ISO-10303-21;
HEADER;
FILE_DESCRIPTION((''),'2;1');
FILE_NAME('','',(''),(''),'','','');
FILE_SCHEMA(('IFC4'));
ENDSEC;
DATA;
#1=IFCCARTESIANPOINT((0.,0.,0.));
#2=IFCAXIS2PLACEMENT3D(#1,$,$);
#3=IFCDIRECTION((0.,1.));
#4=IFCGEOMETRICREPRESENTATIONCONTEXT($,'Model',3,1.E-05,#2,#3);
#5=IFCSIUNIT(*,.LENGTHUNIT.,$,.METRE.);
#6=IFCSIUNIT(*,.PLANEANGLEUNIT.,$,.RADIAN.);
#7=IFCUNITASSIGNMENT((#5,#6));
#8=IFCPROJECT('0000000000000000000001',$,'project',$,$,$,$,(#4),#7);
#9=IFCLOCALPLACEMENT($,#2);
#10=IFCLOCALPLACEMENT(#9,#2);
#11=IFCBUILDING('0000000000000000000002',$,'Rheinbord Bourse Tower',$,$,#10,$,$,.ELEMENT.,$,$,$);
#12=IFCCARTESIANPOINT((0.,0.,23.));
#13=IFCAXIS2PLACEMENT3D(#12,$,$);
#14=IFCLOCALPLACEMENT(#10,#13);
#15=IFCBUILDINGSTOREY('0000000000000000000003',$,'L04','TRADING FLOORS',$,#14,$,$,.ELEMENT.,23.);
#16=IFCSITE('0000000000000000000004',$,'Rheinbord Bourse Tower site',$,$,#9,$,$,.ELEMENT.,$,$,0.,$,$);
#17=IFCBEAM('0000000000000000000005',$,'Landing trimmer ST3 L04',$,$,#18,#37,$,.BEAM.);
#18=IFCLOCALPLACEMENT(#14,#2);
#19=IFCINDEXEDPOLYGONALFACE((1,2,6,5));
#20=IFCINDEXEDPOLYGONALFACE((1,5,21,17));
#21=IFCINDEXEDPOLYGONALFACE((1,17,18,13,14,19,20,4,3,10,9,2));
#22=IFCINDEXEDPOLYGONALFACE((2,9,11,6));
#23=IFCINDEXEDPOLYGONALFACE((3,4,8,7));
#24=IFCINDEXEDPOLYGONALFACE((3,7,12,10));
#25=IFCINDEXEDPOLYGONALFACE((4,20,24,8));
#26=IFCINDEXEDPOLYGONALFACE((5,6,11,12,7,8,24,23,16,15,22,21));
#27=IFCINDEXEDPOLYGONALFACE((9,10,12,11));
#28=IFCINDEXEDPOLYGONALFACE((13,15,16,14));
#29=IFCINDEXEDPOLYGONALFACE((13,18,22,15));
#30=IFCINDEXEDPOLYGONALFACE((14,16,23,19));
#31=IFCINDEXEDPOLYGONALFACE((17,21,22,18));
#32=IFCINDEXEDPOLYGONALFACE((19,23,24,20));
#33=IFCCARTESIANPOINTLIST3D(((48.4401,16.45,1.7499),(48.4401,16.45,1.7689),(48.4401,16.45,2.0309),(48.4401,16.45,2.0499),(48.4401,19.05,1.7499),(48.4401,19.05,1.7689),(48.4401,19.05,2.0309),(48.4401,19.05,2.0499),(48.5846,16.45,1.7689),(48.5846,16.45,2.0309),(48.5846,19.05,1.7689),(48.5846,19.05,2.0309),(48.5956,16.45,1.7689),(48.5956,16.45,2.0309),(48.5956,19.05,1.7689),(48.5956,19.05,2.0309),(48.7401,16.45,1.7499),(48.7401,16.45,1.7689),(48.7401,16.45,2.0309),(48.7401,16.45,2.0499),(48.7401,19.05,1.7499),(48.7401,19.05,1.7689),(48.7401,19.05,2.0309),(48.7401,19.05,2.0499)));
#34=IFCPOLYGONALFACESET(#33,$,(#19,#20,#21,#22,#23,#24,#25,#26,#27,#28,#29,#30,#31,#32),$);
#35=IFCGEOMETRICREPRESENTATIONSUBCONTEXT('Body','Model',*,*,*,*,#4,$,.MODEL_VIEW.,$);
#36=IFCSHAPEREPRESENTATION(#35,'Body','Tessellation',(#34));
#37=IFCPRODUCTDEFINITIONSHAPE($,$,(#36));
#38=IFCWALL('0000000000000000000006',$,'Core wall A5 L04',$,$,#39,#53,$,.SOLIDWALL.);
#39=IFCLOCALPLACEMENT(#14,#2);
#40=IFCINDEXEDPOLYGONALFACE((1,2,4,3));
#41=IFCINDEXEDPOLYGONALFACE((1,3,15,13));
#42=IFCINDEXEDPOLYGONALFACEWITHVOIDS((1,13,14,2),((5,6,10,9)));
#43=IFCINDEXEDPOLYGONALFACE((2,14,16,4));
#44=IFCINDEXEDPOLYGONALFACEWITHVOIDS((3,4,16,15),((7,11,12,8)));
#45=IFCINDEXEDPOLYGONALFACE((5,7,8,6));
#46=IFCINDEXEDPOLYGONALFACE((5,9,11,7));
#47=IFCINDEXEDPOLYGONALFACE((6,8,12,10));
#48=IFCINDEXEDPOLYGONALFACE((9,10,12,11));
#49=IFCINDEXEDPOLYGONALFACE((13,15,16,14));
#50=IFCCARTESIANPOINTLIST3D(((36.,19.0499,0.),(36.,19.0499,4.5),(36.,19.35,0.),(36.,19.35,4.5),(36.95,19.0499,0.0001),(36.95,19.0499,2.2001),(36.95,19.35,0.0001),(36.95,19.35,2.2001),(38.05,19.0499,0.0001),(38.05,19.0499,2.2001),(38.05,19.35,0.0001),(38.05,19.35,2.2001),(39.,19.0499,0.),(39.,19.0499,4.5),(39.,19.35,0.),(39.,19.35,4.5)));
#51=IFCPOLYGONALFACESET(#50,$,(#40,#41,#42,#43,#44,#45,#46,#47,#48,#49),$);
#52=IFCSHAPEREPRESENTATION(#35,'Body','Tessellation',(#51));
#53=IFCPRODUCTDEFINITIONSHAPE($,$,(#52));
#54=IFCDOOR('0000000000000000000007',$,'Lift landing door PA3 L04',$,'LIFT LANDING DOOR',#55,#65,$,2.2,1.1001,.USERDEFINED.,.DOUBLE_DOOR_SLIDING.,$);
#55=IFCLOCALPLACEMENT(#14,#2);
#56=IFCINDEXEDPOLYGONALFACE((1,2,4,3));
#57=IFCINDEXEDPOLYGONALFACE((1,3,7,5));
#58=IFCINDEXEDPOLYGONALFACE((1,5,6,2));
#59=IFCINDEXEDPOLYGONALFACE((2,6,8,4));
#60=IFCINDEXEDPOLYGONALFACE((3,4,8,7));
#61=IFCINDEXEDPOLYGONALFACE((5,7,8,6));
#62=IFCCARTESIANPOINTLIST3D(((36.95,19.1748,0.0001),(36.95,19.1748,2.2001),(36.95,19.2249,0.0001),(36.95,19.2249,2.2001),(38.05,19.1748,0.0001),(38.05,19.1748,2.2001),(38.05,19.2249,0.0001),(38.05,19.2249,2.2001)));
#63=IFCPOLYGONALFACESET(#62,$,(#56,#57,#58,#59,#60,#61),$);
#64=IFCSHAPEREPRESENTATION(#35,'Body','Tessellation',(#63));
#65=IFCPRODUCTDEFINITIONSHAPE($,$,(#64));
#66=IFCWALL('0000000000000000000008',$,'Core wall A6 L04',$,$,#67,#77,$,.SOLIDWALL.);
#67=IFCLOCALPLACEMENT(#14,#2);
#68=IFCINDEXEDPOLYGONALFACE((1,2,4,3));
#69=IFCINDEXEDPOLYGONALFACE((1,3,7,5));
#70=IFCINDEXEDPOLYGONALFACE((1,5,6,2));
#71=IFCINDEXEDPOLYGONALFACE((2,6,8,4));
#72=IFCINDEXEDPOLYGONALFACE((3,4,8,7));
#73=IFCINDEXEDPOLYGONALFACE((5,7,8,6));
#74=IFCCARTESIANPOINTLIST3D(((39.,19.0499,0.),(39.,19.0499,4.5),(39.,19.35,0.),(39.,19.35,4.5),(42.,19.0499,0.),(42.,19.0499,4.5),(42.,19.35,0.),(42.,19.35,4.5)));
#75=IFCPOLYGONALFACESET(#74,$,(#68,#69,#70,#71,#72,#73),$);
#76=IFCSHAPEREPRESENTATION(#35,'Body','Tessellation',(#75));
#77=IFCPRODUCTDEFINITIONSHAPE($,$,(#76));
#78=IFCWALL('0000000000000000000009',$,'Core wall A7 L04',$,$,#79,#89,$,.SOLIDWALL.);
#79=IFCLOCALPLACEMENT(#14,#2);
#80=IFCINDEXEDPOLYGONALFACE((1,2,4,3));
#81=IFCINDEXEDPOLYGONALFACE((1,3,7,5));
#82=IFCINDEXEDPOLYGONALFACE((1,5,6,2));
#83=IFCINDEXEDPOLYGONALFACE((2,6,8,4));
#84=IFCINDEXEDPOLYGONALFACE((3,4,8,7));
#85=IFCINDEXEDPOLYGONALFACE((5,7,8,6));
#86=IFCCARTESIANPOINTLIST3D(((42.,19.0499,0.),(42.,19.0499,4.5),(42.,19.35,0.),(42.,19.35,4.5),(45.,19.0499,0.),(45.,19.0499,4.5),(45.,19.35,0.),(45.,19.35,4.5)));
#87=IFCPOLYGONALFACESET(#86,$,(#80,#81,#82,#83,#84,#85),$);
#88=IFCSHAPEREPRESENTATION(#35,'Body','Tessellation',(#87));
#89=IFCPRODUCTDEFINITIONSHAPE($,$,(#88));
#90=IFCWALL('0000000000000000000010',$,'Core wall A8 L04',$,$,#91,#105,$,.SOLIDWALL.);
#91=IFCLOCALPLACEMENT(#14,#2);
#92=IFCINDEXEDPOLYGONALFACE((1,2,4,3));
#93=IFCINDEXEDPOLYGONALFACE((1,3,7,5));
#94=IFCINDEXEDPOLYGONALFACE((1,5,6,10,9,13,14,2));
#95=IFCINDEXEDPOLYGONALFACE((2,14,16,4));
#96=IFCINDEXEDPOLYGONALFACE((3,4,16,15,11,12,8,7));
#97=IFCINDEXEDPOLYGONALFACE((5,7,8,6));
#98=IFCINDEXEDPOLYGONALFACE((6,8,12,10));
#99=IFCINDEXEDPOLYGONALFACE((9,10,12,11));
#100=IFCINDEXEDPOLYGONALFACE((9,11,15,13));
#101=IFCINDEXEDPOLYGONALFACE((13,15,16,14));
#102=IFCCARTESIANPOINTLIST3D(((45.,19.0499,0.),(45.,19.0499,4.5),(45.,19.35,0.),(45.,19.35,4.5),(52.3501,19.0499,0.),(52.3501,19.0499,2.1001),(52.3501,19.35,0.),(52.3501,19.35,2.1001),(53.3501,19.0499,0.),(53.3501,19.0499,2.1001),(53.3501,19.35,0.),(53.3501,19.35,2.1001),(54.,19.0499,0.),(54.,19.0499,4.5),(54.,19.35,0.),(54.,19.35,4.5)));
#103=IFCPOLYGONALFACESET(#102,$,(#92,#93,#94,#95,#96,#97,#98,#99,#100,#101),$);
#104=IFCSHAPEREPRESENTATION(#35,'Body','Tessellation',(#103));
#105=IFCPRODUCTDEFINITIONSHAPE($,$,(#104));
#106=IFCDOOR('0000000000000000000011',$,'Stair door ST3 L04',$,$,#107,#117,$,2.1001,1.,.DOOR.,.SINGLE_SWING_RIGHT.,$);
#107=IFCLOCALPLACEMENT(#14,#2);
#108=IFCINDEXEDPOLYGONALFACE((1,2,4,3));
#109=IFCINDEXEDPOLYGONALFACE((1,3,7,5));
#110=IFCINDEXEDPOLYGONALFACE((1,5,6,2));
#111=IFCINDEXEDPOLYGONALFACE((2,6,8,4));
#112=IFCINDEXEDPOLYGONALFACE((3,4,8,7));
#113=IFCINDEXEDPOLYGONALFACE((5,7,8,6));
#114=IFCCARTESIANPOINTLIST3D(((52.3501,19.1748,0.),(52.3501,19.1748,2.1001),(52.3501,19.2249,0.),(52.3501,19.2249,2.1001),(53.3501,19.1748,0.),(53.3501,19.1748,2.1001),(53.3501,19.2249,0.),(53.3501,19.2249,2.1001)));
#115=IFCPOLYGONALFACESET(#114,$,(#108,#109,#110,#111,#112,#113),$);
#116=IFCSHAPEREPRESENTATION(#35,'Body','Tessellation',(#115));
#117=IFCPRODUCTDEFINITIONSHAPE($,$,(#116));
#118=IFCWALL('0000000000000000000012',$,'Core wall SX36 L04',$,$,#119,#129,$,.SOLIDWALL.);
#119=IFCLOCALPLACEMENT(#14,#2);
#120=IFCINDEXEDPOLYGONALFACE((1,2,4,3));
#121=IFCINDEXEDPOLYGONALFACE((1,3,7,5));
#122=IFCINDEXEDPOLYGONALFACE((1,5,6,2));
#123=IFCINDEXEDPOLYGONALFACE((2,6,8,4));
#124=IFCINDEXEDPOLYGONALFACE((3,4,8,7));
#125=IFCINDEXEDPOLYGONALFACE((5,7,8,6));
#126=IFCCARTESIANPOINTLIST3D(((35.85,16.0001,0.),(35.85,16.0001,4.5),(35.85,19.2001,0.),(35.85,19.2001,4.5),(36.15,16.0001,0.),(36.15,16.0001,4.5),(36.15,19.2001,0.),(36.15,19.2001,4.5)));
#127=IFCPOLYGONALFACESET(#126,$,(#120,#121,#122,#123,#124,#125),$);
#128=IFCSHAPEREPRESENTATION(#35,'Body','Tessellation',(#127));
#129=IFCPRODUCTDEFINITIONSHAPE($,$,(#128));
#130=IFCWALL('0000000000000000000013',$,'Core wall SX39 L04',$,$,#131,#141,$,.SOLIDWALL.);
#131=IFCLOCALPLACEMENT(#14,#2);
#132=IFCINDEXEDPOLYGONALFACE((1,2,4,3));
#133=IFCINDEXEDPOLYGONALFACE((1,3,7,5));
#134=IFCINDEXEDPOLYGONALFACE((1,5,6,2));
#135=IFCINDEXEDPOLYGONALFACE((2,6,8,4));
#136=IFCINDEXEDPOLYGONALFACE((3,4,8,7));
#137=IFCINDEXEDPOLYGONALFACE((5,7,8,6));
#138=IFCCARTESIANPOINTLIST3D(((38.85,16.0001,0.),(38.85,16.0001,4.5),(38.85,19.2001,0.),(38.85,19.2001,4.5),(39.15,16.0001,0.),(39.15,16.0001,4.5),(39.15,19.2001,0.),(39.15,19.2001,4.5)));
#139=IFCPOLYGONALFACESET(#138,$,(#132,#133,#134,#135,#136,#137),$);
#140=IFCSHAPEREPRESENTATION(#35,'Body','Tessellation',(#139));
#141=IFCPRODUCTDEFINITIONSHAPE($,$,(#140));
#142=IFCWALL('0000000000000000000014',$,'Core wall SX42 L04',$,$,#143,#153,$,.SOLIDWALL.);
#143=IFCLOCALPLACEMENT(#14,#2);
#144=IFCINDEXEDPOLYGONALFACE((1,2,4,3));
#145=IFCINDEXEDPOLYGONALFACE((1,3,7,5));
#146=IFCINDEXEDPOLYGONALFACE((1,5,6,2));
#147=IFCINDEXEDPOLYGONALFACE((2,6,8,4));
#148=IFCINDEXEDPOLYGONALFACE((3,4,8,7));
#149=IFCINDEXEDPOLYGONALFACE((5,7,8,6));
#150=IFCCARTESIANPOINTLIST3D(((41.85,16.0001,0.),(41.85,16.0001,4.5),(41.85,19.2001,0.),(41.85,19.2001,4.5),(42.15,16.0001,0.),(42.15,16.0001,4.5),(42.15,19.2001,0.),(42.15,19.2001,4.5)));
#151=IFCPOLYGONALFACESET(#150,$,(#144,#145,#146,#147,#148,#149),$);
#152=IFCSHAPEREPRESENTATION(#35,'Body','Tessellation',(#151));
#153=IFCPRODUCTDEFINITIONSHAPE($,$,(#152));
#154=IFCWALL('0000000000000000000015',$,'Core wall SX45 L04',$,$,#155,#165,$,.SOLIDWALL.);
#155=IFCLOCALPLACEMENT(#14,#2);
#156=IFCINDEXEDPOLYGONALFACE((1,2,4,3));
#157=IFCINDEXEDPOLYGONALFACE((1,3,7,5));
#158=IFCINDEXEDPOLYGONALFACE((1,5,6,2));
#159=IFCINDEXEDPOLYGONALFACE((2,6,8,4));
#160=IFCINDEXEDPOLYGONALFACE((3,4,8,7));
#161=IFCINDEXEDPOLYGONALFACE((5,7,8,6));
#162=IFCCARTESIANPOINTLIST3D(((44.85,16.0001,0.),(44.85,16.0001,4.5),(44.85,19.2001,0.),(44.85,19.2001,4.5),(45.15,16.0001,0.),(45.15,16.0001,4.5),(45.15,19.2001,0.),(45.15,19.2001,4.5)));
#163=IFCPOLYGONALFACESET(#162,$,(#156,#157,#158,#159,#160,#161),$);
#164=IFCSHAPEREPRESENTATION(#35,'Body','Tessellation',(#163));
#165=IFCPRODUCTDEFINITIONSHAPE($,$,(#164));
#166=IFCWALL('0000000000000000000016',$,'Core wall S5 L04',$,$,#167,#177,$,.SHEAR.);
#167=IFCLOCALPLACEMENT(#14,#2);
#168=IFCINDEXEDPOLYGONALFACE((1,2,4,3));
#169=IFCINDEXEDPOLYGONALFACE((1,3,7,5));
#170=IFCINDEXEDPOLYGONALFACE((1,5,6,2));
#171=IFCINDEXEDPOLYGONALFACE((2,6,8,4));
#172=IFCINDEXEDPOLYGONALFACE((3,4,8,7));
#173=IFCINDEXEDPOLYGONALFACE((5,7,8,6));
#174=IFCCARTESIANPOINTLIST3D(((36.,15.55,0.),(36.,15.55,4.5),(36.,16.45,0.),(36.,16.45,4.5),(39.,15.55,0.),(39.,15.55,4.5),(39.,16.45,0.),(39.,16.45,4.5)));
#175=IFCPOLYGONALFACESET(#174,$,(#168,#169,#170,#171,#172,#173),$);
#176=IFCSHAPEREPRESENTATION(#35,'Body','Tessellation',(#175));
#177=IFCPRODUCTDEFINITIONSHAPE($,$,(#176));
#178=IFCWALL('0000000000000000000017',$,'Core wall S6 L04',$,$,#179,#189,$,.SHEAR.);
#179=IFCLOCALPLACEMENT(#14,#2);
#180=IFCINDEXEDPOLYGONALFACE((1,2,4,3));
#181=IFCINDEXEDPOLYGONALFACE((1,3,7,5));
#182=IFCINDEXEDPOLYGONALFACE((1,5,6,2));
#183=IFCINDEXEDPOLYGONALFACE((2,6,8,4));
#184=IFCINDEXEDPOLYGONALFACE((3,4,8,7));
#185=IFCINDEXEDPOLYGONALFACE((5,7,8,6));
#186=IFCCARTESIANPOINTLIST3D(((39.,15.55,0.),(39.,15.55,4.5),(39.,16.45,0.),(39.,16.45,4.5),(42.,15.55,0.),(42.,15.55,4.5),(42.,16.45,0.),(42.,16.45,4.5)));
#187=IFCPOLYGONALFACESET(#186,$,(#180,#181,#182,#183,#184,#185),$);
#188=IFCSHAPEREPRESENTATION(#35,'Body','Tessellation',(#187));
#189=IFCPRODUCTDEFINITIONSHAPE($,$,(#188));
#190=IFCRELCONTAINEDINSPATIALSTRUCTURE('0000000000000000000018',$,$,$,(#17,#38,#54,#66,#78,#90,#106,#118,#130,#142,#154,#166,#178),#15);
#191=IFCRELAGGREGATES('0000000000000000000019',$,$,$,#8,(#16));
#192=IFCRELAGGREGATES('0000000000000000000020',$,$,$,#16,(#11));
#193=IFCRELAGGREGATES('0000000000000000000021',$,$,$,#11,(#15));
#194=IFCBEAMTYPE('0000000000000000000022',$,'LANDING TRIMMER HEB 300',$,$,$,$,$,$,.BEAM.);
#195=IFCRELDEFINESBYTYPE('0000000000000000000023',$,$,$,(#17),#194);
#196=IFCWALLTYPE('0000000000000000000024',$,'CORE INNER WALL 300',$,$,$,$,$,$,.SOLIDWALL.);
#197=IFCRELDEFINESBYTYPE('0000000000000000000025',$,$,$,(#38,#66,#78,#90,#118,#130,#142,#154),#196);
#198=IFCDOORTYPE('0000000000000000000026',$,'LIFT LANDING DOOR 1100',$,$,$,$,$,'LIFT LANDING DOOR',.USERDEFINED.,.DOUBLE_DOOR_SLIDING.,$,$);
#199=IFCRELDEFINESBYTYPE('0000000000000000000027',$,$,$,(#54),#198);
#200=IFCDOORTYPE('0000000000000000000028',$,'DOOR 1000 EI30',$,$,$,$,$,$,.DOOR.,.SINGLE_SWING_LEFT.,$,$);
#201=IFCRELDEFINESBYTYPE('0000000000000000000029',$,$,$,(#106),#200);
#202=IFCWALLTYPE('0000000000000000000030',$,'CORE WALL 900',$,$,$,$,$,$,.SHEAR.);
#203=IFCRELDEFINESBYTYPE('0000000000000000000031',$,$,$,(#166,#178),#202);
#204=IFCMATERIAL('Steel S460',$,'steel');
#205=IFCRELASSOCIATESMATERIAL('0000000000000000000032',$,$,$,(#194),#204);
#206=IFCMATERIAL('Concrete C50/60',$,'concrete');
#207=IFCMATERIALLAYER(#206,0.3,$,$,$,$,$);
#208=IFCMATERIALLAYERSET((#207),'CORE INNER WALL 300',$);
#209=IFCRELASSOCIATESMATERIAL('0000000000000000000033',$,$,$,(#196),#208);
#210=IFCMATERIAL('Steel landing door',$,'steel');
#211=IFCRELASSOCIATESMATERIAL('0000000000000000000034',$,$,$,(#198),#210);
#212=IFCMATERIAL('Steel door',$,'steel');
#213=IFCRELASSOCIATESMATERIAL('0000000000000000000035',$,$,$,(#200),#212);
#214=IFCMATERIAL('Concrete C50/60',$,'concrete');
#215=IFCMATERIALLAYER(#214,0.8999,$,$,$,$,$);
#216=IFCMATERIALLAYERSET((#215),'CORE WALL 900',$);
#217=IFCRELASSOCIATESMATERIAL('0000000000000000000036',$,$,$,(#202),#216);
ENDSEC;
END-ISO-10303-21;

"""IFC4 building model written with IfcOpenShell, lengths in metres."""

from ifc_helpers import new_model, si_unit, direction, frame, frame_2d, origin, origin_2d, place, context, subcontext, project, spatial, rectangle, i_section, extrude, material, layer, layer_set, material_profile, profile_set, type_object, element, fill, save


model = new_model("IFC4")

# Units and contexts
model_context = context("Model", 3, precision=1e-05, world=origin(), true_north=direction((0.0, 1.0)))
body_context = subcontext(model_context, "Body", "Model", "MODEL_VIEW")
ifc_project = project(units=[si_unit("LENGTHUNIT", "METRE"), si_unit("PLANEANGLEUNIT", "RADIAN")], contexts=[model_context])

# Site, building, storey
site_placement = place(None, origin())
site = spatial("IfcSite", under=ifc_project, at=site_placement, Name="Rheinbord Bourse Tower site", CompositionType="ELEMENT", RefElevation=0.0)
building_placement = place(site_placement, origin())
building = spatial("IfcBuilding", under=site, at=building_placement, Name="Rheinbord Bourse Tower", CompositionType="ELEMENT")
storey_placement = place(building_placement, frame((0.0, 0.0, 23.0)))
storey = spatial("IfcBuildingStorey", under=building, at=storey_placement, Name="L04", Description="TRADING FLOORS", CompositionType="ELEMENT", Elevation=23.0)

# Beam
ifc_material_1 = material(Name="Steel S460", Category="steel")
ifc_material_profile = material_profile(ifc_material_1, i_section(OverallWidth=0.3, OverallDepth=0.3, WebThickness=0.011, FlangeThickness=0.019, at=origin_2d()), Name="HEB 300")
ifc_profile_set = profile_set([ifc_material_profile], Name="Steel S460")
beam_type = type_object("IfcBeamType", Name="LANDING TRIMMER HEB 300", PredefinedType="BEAM", material=ifc_profile_set)
beam_placement = place(storey_placement, frame((48.5901, 16.45, 1.8999), z_axis=(0.0, 1.0, 0.0), x_axis=(-1.0, 0.0, 0.0)))
element("IfcBeam", 1, at=beam_placement, inside=storey, type_object=beam_type, Name="Landing trimmer ST3 L04", PredefinedType="BEAM", context=body_context, shape_type="SweptSolid", body=[
    extrude(i_section(OverallWidth=0.3, OverallDepth=0.3, WebThickness=0.011, FlangeThickness=0.019, at=origin_2d()), origin(), (0.0, 0.0, 1.0), 2.6001),
])

# Wall, opening, door
ifc_material_2 = material(Name="Concrete C50/60", Category="concrete")
ifc_layer_1 = layer(ifc_material_2, 0.3)
ifc_layer_set_1 = layer_set([ifc_layer_1], Name="CORE INNER WALL 300")
wall_type_1 = type_object("IfcWallType", Name="CORE INNER WALL 300", PredefinedType="SOLIDWALL", material=ifc_layer_set_1)
wall_1_placement = place(storey_placement, frame((36.0, 19.2, 0.0), z_axis=(0.0, 0.0, 1.0), x_axis=(1.0, 0.0, 0.0)))
wall_1 = element("IfcWall", 2, at=wall_1_placement, inside=storey, type_object=wall_type_1, Name="Core wall A5 L04", PredefinedType="SOLIDWALL", context=body_context, shape_type="SweptSolid", body=[
    extrude(rectangle(XDim=3.0, YDim=0.3, at=frame_2d((1.5, 0.0))), origin(), (0.0, 0.0, 1.0), 4.5),
])
opening_1_placement = place(wall_1_placement, frame((0.95, 0.0, 0.0)))
opening_1 = element("IfcOpeningElement", 3, at=opening_1_placement, cuts=wall_1, PredefinedType="OPENING", context=body_context, shape_type="SweptSolid", body=[
    extrude(rectangle(XDim=1.1001, YDim=2.2, at=frame_2d((0.55, 1.1001))), frame((0.0, 0.1599, 0.0), z_axis=(0.0, -1.0, 0.0), x_axis=(1.0, 0.0, 0.0)), (0.0, 0.0, 1.0), 0.3201),
])
ifc_material_3 = material(Name="Steel landing door", Category="steel")
door_type_1 = type_object("IfcDoorType", Name="LIFT LANDING DOOR 1100", ElementType="LIFT LANDING DOOR", OperationType="DOUBLE_DOOR_SLIDING", PredefinedType="USERDEFINED", material=ifc_material_3)
door_1_placement = place(opening_1_placement, origin())
door_1 = element("IfcDoor", 4, at=door_1_placement, inside=storey, type_object=door_type_1, Name="Lift landing door PA3 L04", ObjectType="LIFT LANDING DOOR", OperationType="DOUBLE_DOOR_SLIDING", OverallHeight=2.2, OverallWidth=1.1001, PredefinedType="USERDEFINED", context=body_context, shape_type="SweptSolid", body=[
    extrude(rectangle(XDim=1.1001, YDim=2.2, at=frame_2d((0.55, 1.1001))), frame((0.0, 0.0249, 0.0), z_axis=(0.0, -1.0, 0.0), x_axis=(1.0, 0.0, 0.0)), (0.0, 0.0, 1.0), 0.05),
])
fill(opening_1, door_1)

# Walls
for number, where, z_axis, x_axis, name in (
    (5, (39.0, 19.2, 0.0), (0.0, 0.0, 1.0), (1.0, 0.0, 0.0), "Core wall A6 L04"),
    (6, (42.0, 19.2, 0.0), (0.0, 0.0, 1.0), (1.0, 0.0, 0.0), "Core wall A7 L04"),
):
    element("IfcWall", number, at=place(storey_placement, frame(where, z_axis=z_axis, x_axis=x_axis)), inside=storey, type_object=wall_type_1, Name=name, PredefinedType="SOLIDWALL", context=body_context, shape_type="SweptSolid", body=[
        extrude(rectangle(XDim=3.0, YDim=0.3, at=frame_2d((1.5, 0.0))), origin(), (0.0, 0.0, 1.0), 4.5),
    ])

# Wall, opening, door
wall_2_placement = place(storey_placement, frame((45.0, 19.2, 0.0), z_axis=(0.0, 0.0, 1.0), x_axis=(1.0, 0.0, 0.0)))
wall_2 = element("IfcWall", 7, at=wall_2_placement, inside=storey, type_object=wall_type_1, Name="Core wall A8 L04", PredefinedType="SOLIDWALL", context=body_context, shape_type="SweptSolid", body=[
    extrude(rectangle(XDim=9.0, YDim=0.3, at=frame_2d((4.5, 0.0))), origin(), (0.0, 0.0, 1.0), 4.5),
])
opening_2_placement = place(wall_2_placement, frame((7.3501, 0.0, 0.0)))
opening_2 = element("IfcOpeningElement", 8, at=opening_2_placement, cuts=wall_2, PredefinedType="OPENING", context=body_context, shape_type="SweptSolid", body=[
    extrude(rectangle(XDim=1.0, YDim=2.1001, at=frame_2d((0.5, 1.05))), frame((0.0, 0.1599, 0.0), z_axis=(0.0, -1.0, 0.0), x_axis=(1.0, 0.0, 0.0)), (0.0, 0.0, 1.0), 0.3201),
])
ifc_material_4 = material(Name="Steel door", Category="steel")
door_type_2 = type_object("IfcDoorType", Name="DOOR 1000 EI30", OperationType="SINGLE_SWING_LEFT", PredefinedType="DOOR", material=ifc_material_4)
door_2_placement = place(opening_2_placement, origin())
door_2 = element("IfcDoor", 9, at=door_2_placement, inside=storey, type_object=door_type_2, Name="Stair door ST3 L04", OperationType="SINGLE_SWING_RIGHT", OverallHeight=2.1001, OverallWidth=1.0, PredefinedType="DOOR", context=body_context, shape_type="SweptSolid", body=[
    extrude(rectangle(XDim=1.0, YDim=2.1001, at=frame_2d((0.5, 1.05))), frame((0.0, 0.0249, 0.0), z_axis=(0.0, -1.0, 0.0), x_axis=(1.0, 0.0, 0.0)), (0.0, 0.0, 1.0), 0.05),
])
fill(opening_2, door_2)

# Walls
for number, where, z_axis, x_axis, name in (
    (10, (36.0, 16.0, 0.0), (0.0, 0.0, 1.0), (0.0, 1.0, 0.0), "Core wall SX36 L04"),
    (11, (39.0, 16.0, 0.0), (0.0, 0.0, 1.0), (0.0, 1.0, 0.0), "Core wall SX39 L04"),
    (12, (42.0, 16.0, 0.0), (0.0, 0.0, 1.0), (0.0, 1.0, 0.0), "Core wall SX42 L04"),
    (13, (45.0, 16.0, 0.0), (0.0, 0.0, 1.0), (0.0, 1.0, 0.0), "Core wall SX45 L04"),
):
    element("IfcWall", number, at=place(storey_placement, frame(where, z_axis=z_axis, x_axis=x_axis)), inside=storey, type_object=wall_type_1, Name=name, PredefinedType="SOLIDWALL", context=body_context, shape_type="SweptSolid", body=[
        extrude(rectangle(XDim=3.2, YDim=0.3, at=frame_2d((1.6001, 0.0))), origin(), (0.0, 0.0, 1.0), 4.5),
    ])
ifc_material_5 = material(Name="Concrete C50/60", Category="concrete")
ifc_layer_2 = layer(ifc_material_5, 0.8999)
ifc_layer_set_2 = layer_set([ifc_layer_2], Name="CORE WALL 900")
wall_type_2 = type_object("IfcWallType", Name="CORE WALL 900", PredefinedType="SHEAR", material=ifc_layer_set_2)
for number, where, z_axis, x_axis, name in (
    (14, (36.0, 16.0, 0.0), (0.0, 0.0, 1.0), (1.0, 0.0, 0.0), "Core wall S5 L04"),
    (15, (39.0, 16.0, 0.0), (0.0, 0.0, 1.0), (1.0, 0.0, 0.0), "Core wall S6 L04"),
):
    element("IfcWall", number, at=place(storey_placement, frame(where, z_axis=z_axis, x_axis=x_axis)), inside=storey, type_object=wall_type_2, Name=name, PredefinedType="SHEAR", context=body_context, shape_type="SweptSolid", body=[
        extrude(rectangle(XDim=3.0, YDim=0.8999, at=frame_2d((1.5, 0.0))), origin(), (0.0, 0.0, 1.0), 4.5),
    ])

save(model, "model.ifc")
